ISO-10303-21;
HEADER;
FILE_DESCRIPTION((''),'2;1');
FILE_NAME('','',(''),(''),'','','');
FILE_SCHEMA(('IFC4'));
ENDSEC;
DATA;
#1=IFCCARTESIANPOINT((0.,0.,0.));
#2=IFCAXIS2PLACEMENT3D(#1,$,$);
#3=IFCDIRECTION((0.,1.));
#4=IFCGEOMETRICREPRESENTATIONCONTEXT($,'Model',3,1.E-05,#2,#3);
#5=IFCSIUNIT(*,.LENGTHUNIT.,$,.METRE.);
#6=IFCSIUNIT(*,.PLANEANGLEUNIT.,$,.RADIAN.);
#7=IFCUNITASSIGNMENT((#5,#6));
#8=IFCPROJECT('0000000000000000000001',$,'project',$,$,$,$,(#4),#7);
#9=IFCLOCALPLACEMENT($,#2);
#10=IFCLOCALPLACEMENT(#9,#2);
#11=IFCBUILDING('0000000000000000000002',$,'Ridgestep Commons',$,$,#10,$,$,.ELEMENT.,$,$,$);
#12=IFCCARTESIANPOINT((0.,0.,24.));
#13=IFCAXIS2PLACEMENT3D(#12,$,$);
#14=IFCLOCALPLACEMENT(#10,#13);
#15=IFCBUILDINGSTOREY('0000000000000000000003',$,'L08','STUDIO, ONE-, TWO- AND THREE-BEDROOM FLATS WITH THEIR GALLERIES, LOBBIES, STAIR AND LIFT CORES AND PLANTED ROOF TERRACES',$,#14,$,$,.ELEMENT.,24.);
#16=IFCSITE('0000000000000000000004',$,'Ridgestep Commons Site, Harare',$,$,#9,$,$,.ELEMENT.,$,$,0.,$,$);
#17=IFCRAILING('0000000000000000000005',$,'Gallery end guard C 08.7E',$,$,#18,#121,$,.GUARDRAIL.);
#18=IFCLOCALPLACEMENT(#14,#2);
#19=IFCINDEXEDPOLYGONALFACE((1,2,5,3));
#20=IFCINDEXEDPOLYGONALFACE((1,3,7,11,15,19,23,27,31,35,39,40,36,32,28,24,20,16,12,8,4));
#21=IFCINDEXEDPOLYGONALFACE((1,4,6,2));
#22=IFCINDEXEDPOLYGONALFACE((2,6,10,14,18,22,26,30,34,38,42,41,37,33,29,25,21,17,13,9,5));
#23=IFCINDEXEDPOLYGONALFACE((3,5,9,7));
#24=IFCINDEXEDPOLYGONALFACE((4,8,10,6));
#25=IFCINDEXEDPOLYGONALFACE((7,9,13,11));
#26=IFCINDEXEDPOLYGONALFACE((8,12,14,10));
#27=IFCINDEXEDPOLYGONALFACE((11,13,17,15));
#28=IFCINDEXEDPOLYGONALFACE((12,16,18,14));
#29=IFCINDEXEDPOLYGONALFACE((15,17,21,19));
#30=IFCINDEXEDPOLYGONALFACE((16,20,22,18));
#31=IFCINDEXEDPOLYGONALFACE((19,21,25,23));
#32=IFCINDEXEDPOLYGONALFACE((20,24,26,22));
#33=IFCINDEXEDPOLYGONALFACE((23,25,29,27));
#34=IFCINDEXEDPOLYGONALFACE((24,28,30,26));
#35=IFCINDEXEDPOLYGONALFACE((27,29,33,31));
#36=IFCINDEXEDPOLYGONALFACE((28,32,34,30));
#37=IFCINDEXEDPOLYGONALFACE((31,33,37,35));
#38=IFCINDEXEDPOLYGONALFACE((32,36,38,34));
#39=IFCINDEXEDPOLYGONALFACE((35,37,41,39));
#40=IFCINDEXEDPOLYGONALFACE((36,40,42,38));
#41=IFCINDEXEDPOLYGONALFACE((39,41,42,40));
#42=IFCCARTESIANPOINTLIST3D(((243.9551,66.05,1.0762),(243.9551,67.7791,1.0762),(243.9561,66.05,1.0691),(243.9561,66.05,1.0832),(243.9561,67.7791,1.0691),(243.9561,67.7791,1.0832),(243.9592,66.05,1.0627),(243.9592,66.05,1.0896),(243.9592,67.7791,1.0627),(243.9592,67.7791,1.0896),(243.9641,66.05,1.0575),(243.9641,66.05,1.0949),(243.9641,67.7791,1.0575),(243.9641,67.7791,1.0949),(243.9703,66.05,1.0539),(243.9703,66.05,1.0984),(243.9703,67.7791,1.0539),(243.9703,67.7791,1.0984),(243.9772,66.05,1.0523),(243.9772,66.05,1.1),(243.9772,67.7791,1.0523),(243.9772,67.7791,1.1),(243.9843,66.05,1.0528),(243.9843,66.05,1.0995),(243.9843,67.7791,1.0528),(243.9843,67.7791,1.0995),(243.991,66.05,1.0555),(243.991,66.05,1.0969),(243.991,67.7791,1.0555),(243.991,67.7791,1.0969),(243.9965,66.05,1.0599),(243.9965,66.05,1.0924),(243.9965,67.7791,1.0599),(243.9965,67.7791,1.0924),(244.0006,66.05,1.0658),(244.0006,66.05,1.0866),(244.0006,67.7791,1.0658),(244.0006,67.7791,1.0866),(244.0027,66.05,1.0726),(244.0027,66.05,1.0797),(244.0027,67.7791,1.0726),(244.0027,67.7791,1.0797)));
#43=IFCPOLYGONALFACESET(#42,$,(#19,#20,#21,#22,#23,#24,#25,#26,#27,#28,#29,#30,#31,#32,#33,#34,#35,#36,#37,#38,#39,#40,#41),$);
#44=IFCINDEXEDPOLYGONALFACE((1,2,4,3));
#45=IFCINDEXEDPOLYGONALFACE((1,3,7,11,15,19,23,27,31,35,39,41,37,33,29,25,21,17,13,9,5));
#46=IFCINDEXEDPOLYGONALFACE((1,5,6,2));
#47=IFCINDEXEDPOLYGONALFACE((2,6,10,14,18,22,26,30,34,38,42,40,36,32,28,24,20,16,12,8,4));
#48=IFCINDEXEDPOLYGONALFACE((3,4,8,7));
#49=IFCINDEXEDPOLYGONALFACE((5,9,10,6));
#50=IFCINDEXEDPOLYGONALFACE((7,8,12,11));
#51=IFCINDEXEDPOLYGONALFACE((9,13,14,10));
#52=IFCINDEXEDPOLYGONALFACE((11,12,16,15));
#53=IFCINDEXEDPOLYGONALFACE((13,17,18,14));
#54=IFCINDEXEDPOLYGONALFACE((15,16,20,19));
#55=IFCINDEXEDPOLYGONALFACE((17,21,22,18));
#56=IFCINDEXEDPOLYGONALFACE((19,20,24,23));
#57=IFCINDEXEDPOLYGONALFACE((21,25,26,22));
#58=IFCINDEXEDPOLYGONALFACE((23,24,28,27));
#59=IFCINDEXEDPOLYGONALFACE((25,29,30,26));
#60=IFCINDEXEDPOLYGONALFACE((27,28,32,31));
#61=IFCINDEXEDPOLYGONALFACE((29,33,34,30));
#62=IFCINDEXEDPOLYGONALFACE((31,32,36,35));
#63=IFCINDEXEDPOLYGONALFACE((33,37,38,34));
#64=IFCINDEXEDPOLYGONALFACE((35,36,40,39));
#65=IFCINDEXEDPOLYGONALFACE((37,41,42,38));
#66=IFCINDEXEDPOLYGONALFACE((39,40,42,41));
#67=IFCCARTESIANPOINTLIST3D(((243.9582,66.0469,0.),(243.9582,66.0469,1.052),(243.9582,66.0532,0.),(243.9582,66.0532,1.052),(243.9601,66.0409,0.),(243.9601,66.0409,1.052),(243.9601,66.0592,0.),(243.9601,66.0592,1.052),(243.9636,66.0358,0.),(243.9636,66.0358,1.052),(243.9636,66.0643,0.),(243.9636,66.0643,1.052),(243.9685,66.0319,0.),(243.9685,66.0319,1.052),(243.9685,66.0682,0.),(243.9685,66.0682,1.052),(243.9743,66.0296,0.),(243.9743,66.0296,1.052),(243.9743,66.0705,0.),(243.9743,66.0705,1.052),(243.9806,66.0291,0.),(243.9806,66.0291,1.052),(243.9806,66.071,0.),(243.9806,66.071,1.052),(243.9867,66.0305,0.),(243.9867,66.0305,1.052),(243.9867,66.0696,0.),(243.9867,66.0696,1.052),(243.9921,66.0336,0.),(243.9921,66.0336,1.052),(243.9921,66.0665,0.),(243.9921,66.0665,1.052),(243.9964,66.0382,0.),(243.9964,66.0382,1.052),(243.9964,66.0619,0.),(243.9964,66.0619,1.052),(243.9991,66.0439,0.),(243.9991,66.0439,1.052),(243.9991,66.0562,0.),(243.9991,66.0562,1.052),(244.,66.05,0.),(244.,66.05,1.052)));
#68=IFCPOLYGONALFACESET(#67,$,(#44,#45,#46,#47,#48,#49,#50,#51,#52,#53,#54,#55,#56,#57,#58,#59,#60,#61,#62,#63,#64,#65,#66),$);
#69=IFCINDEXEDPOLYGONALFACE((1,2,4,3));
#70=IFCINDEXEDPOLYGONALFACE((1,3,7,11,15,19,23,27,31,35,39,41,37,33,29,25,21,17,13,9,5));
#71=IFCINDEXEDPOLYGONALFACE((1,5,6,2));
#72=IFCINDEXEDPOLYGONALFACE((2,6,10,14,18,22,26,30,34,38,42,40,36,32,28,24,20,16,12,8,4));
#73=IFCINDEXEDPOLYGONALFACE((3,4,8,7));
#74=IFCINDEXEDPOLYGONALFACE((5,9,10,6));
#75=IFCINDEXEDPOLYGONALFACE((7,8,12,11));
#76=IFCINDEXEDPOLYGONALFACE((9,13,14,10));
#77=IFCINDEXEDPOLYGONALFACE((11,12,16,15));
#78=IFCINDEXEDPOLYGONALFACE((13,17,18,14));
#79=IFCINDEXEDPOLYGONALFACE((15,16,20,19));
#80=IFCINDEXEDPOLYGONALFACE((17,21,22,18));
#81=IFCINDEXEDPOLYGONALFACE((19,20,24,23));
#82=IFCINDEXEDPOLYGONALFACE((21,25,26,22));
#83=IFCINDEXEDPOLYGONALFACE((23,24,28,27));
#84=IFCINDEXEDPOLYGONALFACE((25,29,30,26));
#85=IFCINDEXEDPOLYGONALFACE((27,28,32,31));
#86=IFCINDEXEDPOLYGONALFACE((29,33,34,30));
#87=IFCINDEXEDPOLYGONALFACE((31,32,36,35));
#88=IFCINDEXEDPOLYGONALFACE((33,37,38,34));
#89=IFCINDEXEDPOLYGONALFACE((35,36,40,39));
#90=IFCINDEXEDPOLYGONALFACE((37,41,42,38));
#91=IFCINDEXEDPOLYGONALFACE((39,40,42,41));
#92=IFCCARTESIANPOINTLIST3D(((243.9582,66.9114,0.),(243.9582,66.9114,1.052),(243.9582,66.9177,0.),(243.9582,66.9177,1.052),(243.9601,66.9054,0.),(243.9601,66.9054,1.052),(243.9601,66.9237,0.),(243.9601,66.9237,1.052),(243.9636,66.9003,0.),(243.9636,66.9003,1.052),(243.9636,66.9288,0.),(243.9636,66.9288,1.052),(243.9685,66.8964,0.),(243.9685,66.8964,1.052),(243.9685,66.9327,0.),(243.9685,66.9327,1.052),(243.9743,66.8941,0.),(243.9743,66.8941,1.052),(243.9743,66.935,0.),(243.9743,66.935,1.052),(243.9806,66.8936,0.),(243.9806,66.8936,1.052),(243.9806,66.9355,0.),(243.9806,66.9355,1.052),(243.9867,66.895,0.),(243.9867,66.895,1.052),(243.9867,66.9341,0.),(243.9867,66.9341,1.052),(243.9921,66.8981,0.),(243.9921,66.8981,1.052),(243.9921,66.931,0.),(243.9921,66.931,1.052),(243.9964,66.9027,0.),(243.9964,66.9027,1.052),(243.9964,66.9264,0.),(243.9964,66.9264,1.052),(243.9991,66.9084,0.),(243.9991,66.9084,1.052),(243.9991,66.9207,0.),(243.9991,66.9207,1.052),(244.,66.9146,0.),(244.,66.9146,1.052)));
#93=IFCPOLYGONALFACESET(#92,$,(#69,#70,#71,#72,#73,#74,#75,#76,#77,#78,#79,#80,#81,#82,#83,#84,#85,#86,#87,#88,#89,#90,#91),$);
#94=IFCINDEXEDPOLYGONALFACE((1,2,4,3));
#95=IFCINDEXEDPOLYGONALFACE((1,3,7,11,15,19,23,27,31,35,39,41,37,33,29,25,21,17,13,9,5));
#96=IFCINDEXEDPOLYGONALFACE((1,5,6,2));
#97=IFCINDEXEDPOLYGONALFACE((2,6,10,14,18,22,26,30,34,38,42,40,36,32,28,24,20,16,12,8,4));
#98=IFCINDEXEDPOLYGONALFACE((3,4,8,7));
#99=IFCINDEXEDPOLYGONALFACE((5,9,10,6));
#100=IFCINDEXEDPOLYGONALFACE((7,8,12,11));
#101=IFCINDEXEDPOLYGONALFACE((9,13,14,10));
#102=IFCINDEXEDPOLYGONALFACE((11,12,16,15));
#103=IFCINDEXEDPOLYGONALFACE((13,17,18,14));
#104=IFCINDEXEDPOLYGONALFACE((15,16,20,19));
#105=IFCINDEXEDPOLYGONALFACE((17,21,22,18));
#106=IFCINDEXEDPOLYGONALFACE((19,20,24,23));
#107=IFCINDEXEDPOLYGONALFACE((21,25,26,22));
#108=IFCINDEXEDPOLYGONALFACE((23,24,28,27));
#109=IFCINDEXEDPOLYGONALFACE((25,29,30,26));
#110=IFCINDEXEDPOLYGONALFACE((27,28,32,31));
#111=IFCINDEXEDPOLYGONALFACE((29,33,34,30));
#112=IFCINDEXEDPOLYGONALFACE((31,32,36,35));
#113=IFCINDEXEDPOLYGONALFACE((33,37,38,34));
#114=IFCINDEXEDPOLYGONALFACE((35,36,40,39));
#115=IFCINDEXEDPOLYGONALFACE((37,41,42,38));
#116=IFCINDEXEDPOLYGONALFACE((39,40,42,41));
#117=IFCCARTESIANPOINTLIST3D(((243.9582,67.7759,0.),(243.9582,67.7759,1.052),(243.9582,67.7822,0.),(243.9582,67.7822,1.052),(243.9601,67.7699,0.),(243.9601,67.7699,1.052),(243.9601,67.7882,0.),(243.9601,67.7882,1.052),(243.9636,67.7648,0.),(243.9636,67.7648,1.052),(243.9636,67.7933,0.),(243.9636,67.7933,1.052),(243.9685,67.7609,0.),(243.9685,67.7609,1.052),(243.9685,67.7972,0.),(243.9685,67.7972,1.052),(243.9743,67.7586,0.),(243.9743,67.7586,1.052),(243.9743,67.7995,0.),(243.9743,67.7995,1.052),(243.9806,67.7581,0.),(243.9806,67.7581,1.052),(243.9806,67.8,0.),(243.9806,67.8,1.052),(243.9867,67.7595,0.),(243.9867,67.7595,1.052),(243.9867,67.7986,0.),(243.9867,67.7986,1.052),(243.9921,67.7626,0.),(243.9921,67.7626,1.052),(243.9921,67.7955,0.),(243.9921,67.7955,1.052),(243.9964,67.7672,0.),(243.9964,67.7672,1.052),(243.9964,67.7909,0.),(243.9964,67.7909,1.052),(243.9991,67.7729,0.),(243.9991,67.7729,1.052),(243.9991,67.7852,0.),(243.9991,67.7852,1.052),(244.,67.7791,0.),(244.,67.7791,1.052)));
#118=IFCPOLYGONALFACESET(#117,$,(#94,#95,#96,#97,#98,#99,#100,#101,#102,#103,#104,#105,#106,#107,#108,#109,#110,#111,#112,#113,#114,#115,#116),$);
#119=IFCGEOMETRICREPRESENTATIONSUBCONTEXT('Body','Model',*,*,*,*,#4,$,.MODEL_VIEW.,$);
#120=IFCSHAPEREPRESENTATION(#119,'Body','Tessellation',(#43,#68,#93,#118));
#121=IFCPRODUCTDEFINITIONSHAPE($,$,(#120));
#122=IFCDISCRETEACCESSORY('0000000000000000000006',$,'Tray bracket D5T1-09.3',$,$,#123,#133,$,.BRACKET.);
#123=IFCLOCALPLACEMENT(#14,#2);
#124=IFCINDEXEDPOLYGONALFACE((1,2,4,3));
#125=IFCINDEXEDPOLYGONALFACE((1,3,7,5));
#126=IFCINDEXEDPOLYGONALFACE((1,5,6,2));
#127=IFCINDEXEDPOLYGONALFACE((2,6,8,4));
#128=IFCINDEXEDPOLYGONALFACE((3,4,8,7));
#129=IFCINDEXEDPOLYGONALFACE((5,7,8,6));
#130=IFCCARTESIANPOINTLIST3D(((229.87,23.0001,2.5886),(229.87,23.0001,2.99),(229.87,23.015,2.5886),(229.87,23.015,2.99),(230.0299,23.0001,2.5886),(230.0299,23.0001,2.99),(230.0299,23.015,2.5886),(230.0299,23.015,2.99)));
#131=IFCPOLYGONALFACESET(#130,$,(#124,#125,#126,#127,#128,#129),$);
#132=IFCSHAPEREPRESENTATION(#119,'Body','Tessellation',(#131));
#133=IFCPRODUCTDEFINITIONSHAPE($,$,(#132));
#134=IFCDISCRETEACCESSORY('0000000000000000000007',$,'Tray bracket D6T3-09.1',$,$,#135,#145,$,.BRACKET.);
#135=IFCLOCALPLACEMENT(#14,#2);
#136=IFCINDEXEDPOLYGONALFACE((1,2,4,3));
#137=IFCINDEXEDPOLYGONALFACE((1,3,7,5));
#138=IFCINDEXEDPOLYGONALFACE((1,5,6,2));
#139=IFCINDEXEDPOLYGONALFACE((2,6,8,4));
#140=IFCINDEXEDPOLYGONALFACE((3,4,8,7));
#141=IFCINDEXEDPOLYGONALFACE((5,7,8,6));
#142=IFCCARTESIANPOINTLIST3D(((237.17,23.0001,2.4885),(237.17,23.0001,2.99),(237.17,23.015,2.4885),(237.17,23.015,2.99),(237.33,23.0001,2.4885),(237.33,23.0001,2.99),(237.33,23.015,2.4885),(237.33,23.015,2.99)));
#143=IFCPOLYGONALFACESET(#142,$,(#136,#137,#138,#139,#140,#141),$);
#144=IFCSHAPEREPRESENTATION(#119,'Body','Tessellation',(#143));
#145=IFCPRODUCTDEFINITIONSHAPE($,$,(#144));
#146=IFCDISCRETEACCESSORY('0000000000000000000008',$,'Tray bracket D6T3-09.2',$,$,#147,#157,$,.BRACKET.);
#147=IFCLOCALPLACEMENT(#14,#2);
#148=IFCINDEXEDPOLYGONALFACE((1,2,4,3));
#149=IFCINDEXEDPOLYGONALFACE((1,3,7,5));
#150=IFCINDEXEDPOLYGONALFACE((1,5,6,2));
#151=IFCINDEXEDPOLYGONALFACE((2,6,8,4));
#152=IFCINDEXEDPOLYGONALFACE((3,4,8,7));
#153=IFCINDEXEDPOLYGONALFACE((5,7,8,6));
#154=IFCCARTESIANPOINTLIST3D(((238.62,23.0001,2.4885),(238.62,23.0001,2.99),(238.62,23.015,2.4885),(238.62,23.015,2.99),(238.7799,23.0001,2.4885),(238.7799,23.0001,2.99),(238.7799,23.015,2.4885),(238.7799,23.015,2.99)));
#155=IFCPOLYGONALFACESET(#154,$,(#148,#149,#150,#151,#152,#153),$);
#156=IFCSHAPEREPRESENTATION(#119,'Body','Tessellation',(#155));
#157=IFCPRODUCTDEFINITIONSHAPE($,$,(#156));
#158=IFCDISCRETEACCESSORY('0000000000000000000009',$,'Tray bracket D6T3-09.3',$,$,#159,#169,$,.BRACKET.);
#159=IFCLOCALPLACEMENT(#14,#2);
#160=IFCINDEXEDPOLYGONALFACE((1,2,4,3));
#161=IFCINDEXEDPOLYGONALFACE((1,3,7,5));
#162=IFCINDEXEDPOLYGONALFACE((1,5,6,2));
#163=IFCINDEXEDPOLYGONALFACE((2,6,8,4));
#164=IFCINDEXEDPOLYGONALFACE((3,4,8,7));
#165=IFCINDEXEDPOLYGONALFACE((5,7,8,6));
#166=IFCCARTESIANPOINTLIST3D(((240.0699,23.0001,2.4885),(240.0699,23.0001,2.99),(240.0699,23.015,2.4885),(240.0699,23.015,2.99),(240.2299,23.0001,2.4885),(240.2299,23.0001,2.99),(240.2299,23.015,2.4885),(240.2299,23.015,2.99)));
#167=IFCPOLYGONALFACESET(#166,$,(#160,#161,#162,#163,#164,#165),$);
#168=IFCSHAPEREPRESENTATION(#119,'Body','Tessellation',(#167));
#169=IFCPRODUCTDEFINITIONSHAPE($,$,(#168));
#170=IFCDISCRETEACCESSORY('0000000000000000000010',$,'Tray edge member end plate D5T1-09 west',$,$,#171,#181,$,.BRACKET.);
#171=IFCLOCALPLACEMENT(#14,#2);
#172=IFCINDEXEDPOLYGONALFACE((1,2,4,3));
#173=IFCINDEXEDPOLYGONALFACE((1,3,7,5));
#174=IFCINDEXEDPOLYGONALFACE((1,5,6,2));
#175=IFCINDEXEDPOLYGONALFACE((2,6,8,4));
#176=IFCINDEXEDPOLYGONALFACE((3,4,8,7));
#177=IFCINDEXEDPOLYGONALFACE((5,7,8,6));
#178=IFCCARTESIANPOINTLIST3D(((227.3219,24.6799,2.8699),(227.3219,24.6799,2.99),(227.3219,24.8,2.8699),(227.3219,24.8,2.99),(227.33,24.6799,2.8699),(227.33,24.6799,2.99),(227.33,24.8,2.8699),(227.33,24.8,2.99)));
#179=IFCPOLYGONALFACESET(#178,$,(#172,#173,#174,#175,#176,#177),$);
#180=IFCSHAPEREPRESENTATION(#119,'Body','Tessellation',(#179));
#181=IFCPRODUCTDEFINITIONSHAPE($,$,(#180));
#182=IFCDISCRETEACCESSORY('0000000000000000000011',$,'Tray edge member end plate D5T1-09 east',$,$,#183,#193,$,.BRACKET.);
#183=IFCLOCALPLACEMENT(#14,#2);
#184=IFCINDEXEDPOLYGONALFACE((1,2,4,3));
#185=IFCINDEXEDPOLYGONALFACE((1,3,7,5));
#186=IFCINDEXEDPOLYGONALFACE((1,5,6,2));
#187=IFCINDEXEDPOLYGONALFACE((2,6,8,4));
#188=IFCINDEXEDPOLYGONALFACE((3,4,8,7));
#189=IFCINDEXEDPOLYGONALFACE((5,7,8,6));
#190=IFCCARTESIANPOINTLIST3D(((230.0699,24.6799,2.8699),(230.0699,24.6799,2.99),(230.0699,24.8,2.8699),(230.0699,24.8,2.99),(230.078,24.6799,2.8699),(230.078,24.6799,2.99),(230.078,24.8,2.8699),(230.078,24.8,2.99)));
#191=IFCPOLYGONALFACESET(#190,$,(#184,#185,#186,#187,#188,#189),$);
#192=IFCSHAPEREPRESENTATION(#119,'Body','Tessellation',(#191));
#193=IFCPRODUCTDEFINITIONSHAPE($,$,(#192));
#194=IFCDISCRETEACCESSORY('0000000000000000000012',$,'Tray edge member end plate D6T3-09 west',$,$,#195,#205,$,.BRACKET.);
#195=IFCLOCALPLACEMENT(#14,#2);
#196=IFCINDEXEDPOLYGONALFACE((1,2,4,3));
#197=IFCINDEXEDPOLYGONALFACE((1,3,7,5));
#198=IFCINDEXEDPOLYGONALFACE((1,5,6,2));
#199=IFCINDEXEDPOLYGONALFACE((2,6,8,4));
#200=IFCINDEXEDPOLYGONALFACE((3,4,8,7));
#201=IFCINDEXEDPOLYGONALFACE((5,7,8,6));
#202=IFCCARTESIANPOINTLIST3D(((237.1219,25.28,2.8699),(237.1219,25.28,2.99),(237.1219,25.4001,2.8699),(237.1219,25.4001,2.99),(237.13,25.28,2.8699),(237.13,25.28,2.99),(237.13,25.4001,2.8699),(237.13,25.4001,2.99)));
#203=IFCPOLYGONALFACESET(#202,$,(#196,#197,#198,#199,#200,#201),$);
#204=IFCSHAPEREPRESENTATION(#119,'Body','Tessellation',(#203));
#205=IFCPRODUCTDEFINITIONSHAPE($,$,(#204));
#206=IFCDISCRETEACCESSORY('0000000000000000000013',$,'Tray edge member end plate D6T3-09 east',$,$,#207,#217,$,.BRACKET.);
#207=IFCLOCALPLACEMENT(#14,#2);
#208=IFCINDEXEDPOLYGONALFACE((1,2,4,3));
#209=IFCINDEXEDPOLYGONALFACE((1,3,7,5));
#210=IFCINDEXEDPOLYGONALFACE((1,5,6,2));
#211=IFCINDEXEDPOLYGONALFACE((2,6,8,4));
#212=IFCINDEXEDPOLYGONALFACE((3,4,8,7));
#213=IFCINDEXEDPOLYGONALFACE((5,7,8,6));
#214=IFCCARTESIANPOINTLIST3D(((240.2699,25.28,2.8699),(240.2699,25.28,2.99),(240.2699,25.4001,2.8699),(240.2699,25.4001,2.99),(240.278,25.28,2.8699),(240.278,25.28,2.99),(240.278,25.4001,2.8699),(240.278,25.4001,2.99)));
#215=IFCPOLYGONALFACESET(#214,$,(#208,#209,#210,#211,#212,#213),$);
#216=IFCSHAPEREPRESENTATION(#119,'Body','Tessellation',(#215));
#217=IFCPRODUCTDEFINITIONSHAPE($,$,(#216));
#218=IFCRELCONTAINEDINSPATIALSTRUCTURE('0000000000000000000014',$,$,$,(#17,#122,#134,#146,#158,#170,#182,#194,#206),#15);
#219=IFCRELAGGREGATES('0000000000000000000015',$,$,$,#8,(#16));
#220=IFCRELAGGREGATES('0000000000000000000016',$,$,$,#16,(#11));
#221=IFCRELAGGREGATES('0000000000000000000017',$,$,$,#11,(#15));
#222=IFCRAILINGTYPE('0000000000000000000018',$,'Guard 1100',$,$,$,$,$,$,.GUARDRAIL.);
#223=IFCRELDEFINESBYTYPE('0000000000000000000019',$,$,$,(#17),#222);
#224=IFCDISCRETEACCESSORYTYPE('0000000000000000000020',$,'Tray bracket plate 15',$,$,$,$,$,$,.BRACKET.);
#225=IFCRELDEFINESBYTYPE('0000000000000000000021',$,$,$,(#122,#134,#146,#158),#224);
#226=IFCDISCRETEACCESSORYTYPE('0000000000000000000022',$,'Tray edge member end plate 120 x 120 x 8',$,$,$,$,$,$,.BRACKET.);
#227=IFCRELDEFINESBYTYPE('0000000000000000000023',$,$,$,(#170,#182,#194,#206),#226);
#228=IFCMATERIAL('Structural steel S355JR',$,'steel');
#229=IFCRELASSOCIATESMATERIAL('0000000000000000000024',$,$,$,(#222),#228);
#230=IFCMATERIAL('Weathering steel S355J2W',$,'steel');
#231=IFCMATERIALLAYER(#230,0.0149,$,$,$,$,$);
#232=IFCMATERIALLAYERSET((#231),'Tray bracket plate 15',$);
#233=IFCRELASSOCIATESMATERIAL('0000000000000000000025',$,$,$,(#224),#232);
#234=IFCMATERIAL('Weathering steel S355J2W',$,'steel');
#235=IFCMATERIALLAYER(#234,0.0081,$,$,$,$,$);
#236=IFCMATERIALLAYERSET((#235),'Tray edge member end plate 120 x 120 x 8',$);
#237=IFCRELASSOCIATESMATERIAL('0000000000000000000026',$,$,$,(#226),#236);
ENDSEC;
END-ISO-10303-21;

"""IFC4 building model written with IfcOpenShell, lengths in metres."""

from ifc_helpers import new_model, si_unit, direction, frame, origin, origin_2d, place, context, subcontext, project, spatial, rectangle, circle, extrude, material, layer, layer_set, type_object, element, save


model = new_model("IFC4")

# Units and contexts
model_context = context("Model", 3, precision=1e-05, world=origin(), true_north=direction((0.0, 1.0)))
body_context = subcontext(model_context, "Body", "Model", "MODEL_VIEW")
ifc_project = project(units=[si_unit("LENGTHUNIT", "METRE"), si_unit("PLANEANGLEUNIT", "RADIAN")], contexts=[model_context])

# Site, building, storey
site_placement = place(None, origin())
site = spatial("IfcSite", under=ifc_project, at=site_placement, Name="Ridgestep Commons Site, Harare", CompositionType="ELEMENT", RefElevation=0.0)
building_placement = place(site_placement, origin())
building = spatial("IfcBuilding", under=site, at=building_placement, Name="Ridgestep Commons", CompositionType="ELEMENT")
storey_placement = place(building_placement, frame((0.0, 0.0, 24.0)))
storey = spatial("IfcBuildingStorey", under=building, at=storey_placement, Name="L08", Description="STUDIO, ONE-, TWO- AND THREE-BEDROOM FLATS WITH THEIR GALLERIES, LOBBIES, STAIR AND LIFT CORES AND PLANTED ROOF TERRACES", CompositionType="ELEMENT", Elevation=24.0)

# Railing
ifc_material_1 = material(Name="Structural steel S355JR", Category="steel")
railing_type_1 = type_object("IfcRailingType", Name="Guard 1100", PredefinedType="GUARDRAIL", material=ifc_material_1)
railing_1_placement = place(storey_placement, frame((243.979, 66.05, 0.0)))
element("IfcRailing", 1, at=railing_1_placement, inside=storey, type_object=railing_type_1, Name="Gallery end guard C 08.7E", PredefinedType="GUARDRAIL", context=body_context, shape_type="SweptSolid", body=[
    extrude(circle(Radius=0.0239, at=origin_2d()), frame((0.0, 0.0, 1.0762), z_axis=(0.0, 1.0, 0.0), x_axis=(-1.0, 0.0, 0.0)), (0.0, 0.0, 1.0), 1.729),
    extrude(circle(Radius=0.021, at=origin_2d()), origin(), (0.0, 0.0, 1.0), 1.052),
    extrude(circle(Radius=0.021, at=origin_2d()), frame((0.0, 0.8645, 0.0)), (0.0, 0.0, 1.0), 1.052),
    extrude(circle(Radius=0.021, at=origin_2d()), frame((0.0, 1.729, 0.0)), (0.0, 0.0, 1.0), 1.052),
])

# Discrete accessories
ifc_material_2 = material(Name="Weathering steel S355J2W", Category="steel")
ifc_layer_1 = layer(ifc_material_2, 0.0149)
ifc_layer_set_1 = layer_set([ifc_layer_1], Name="Tray bracket plate 15")
discrete_accessory_type_1 = type_object("IfcDiscreteAccessoryType", Name="Tray bracket plate 15", PredefinedType="BRACKET", material=ifc_layer_set_1)
discrete_accessory_placement = place(storey_placement, frame((229.95, 23.0076, 2.5886), z_axis=(0.0, 0.0, 1.0), x_axis=(1.0, 0.0, 0.0)))
element("IfcDiscreteAccessory", 2, at=discrete_accessory_placement, inside=storey, type_object=discrete_accessory_type_1, Name="Tray bracket D5T1-09.3", PredefinedType="BRACKET", context=body_context, shape_type="SweptSolid", body=[
    extrude(rectangle(XDim=0.1599, YDim=0.0149, at=origin_2d()), origin(), (0.0, 0.0, 1.0), 0.4014),
])
for number, where, z_axis, x_axis, name in (
    (3, (237.25, 23.0076, 2.4885), (0.0, 0.0, 1.0), (1.0, 0.0, 0.0), "Tray bracket D6T3-09.1"),
    (4, (238.7, 23.0076, 2.4885), (0.0, 0.0, 1.0), (1.0, 0.0, 0.0), "Tray bracket D6T3-09.2"),
    (5, (240.1499, 23.0076, 2.4885), (0.0, 0.0, 1.0), (1.0, 0.0, 0.0), "Tray bracket D6T3-09.3"),
):
    element("IfcDiscreteAccessory", number, at=place(storey_placement, frame(where, z_axis=z_axis, x_axis=x_axis)), inside=storey, type_object=discrete_accessory_type_1, Name=name, PredefinedType="BRACKET", context=body_context, shape_type="SweptSolid", body=[
        extrude(rectangle(XDim=0.1599, YDim=0.0149, at=origin_2d()), origin(), (0.0, 0.0, 1.0), 0.5015),
    ])
ifc_material_3 = material(Name="Weathering steel S355J2W", Category="steel")
ifc_layer_2 = layer(ifc_material_3, 0.0081)
ifc_layer_set_2 = layer_set([ifc_layer_2], Name="Tray edge member end plate 120 x 120 x 8")
discrete_accessory_type_2 = type_object("IfcDiscreteAccessoryType", Name="Tray edge member end plate 120 x 120 x 8", PredefinedType="BRACKET", material=ifc_layer_set_2)
for number, where, z_axis, x_axis, name in (
    (6, (227.3259, 24.74, 2.8699), (0.0, 0.0, 1.0), (1.0, 0.0, 0.0), "Tray edge member end plate D5T1-09 west"),
    (7, (230.074, 24.74, 2.8699), (0.0, 0.0, 1.0), (1.0, 0.0, 0.0), "Tray edge member end plate D5T1-09 east"),
    (8, (237.126, 25.3401, 2.8699), (0.0, 0.0, 1.0), (1.0, 0.0, 0.0), "Tray edge member end plate D6T3-09 west"),
    (9, (240.2739, 25.3401, 2.8699), (0.0, 0.0, 1.0), (1.0, 0.0, 0.0), "Tray edge member end plate D6T3-09 east"),
):
    element("IfcDiscreteAccessory", number, at=place(storey_placement, frame(where, z_axis=z_axis, x_axis=x_axis)), inside=storey, type_object=discrete_accessory_type_2, Name=name, PredefinedType="BRACKET", context=body_context, shape_type="SweptSolid", body=[
        extrude(rectangle(XDim=0.0081, YDim=0.1201, at=origin_2d()), origin(), (0.0, 0.0, 1.0), 0.1201),
    ])

save(model, "model.ifc")
